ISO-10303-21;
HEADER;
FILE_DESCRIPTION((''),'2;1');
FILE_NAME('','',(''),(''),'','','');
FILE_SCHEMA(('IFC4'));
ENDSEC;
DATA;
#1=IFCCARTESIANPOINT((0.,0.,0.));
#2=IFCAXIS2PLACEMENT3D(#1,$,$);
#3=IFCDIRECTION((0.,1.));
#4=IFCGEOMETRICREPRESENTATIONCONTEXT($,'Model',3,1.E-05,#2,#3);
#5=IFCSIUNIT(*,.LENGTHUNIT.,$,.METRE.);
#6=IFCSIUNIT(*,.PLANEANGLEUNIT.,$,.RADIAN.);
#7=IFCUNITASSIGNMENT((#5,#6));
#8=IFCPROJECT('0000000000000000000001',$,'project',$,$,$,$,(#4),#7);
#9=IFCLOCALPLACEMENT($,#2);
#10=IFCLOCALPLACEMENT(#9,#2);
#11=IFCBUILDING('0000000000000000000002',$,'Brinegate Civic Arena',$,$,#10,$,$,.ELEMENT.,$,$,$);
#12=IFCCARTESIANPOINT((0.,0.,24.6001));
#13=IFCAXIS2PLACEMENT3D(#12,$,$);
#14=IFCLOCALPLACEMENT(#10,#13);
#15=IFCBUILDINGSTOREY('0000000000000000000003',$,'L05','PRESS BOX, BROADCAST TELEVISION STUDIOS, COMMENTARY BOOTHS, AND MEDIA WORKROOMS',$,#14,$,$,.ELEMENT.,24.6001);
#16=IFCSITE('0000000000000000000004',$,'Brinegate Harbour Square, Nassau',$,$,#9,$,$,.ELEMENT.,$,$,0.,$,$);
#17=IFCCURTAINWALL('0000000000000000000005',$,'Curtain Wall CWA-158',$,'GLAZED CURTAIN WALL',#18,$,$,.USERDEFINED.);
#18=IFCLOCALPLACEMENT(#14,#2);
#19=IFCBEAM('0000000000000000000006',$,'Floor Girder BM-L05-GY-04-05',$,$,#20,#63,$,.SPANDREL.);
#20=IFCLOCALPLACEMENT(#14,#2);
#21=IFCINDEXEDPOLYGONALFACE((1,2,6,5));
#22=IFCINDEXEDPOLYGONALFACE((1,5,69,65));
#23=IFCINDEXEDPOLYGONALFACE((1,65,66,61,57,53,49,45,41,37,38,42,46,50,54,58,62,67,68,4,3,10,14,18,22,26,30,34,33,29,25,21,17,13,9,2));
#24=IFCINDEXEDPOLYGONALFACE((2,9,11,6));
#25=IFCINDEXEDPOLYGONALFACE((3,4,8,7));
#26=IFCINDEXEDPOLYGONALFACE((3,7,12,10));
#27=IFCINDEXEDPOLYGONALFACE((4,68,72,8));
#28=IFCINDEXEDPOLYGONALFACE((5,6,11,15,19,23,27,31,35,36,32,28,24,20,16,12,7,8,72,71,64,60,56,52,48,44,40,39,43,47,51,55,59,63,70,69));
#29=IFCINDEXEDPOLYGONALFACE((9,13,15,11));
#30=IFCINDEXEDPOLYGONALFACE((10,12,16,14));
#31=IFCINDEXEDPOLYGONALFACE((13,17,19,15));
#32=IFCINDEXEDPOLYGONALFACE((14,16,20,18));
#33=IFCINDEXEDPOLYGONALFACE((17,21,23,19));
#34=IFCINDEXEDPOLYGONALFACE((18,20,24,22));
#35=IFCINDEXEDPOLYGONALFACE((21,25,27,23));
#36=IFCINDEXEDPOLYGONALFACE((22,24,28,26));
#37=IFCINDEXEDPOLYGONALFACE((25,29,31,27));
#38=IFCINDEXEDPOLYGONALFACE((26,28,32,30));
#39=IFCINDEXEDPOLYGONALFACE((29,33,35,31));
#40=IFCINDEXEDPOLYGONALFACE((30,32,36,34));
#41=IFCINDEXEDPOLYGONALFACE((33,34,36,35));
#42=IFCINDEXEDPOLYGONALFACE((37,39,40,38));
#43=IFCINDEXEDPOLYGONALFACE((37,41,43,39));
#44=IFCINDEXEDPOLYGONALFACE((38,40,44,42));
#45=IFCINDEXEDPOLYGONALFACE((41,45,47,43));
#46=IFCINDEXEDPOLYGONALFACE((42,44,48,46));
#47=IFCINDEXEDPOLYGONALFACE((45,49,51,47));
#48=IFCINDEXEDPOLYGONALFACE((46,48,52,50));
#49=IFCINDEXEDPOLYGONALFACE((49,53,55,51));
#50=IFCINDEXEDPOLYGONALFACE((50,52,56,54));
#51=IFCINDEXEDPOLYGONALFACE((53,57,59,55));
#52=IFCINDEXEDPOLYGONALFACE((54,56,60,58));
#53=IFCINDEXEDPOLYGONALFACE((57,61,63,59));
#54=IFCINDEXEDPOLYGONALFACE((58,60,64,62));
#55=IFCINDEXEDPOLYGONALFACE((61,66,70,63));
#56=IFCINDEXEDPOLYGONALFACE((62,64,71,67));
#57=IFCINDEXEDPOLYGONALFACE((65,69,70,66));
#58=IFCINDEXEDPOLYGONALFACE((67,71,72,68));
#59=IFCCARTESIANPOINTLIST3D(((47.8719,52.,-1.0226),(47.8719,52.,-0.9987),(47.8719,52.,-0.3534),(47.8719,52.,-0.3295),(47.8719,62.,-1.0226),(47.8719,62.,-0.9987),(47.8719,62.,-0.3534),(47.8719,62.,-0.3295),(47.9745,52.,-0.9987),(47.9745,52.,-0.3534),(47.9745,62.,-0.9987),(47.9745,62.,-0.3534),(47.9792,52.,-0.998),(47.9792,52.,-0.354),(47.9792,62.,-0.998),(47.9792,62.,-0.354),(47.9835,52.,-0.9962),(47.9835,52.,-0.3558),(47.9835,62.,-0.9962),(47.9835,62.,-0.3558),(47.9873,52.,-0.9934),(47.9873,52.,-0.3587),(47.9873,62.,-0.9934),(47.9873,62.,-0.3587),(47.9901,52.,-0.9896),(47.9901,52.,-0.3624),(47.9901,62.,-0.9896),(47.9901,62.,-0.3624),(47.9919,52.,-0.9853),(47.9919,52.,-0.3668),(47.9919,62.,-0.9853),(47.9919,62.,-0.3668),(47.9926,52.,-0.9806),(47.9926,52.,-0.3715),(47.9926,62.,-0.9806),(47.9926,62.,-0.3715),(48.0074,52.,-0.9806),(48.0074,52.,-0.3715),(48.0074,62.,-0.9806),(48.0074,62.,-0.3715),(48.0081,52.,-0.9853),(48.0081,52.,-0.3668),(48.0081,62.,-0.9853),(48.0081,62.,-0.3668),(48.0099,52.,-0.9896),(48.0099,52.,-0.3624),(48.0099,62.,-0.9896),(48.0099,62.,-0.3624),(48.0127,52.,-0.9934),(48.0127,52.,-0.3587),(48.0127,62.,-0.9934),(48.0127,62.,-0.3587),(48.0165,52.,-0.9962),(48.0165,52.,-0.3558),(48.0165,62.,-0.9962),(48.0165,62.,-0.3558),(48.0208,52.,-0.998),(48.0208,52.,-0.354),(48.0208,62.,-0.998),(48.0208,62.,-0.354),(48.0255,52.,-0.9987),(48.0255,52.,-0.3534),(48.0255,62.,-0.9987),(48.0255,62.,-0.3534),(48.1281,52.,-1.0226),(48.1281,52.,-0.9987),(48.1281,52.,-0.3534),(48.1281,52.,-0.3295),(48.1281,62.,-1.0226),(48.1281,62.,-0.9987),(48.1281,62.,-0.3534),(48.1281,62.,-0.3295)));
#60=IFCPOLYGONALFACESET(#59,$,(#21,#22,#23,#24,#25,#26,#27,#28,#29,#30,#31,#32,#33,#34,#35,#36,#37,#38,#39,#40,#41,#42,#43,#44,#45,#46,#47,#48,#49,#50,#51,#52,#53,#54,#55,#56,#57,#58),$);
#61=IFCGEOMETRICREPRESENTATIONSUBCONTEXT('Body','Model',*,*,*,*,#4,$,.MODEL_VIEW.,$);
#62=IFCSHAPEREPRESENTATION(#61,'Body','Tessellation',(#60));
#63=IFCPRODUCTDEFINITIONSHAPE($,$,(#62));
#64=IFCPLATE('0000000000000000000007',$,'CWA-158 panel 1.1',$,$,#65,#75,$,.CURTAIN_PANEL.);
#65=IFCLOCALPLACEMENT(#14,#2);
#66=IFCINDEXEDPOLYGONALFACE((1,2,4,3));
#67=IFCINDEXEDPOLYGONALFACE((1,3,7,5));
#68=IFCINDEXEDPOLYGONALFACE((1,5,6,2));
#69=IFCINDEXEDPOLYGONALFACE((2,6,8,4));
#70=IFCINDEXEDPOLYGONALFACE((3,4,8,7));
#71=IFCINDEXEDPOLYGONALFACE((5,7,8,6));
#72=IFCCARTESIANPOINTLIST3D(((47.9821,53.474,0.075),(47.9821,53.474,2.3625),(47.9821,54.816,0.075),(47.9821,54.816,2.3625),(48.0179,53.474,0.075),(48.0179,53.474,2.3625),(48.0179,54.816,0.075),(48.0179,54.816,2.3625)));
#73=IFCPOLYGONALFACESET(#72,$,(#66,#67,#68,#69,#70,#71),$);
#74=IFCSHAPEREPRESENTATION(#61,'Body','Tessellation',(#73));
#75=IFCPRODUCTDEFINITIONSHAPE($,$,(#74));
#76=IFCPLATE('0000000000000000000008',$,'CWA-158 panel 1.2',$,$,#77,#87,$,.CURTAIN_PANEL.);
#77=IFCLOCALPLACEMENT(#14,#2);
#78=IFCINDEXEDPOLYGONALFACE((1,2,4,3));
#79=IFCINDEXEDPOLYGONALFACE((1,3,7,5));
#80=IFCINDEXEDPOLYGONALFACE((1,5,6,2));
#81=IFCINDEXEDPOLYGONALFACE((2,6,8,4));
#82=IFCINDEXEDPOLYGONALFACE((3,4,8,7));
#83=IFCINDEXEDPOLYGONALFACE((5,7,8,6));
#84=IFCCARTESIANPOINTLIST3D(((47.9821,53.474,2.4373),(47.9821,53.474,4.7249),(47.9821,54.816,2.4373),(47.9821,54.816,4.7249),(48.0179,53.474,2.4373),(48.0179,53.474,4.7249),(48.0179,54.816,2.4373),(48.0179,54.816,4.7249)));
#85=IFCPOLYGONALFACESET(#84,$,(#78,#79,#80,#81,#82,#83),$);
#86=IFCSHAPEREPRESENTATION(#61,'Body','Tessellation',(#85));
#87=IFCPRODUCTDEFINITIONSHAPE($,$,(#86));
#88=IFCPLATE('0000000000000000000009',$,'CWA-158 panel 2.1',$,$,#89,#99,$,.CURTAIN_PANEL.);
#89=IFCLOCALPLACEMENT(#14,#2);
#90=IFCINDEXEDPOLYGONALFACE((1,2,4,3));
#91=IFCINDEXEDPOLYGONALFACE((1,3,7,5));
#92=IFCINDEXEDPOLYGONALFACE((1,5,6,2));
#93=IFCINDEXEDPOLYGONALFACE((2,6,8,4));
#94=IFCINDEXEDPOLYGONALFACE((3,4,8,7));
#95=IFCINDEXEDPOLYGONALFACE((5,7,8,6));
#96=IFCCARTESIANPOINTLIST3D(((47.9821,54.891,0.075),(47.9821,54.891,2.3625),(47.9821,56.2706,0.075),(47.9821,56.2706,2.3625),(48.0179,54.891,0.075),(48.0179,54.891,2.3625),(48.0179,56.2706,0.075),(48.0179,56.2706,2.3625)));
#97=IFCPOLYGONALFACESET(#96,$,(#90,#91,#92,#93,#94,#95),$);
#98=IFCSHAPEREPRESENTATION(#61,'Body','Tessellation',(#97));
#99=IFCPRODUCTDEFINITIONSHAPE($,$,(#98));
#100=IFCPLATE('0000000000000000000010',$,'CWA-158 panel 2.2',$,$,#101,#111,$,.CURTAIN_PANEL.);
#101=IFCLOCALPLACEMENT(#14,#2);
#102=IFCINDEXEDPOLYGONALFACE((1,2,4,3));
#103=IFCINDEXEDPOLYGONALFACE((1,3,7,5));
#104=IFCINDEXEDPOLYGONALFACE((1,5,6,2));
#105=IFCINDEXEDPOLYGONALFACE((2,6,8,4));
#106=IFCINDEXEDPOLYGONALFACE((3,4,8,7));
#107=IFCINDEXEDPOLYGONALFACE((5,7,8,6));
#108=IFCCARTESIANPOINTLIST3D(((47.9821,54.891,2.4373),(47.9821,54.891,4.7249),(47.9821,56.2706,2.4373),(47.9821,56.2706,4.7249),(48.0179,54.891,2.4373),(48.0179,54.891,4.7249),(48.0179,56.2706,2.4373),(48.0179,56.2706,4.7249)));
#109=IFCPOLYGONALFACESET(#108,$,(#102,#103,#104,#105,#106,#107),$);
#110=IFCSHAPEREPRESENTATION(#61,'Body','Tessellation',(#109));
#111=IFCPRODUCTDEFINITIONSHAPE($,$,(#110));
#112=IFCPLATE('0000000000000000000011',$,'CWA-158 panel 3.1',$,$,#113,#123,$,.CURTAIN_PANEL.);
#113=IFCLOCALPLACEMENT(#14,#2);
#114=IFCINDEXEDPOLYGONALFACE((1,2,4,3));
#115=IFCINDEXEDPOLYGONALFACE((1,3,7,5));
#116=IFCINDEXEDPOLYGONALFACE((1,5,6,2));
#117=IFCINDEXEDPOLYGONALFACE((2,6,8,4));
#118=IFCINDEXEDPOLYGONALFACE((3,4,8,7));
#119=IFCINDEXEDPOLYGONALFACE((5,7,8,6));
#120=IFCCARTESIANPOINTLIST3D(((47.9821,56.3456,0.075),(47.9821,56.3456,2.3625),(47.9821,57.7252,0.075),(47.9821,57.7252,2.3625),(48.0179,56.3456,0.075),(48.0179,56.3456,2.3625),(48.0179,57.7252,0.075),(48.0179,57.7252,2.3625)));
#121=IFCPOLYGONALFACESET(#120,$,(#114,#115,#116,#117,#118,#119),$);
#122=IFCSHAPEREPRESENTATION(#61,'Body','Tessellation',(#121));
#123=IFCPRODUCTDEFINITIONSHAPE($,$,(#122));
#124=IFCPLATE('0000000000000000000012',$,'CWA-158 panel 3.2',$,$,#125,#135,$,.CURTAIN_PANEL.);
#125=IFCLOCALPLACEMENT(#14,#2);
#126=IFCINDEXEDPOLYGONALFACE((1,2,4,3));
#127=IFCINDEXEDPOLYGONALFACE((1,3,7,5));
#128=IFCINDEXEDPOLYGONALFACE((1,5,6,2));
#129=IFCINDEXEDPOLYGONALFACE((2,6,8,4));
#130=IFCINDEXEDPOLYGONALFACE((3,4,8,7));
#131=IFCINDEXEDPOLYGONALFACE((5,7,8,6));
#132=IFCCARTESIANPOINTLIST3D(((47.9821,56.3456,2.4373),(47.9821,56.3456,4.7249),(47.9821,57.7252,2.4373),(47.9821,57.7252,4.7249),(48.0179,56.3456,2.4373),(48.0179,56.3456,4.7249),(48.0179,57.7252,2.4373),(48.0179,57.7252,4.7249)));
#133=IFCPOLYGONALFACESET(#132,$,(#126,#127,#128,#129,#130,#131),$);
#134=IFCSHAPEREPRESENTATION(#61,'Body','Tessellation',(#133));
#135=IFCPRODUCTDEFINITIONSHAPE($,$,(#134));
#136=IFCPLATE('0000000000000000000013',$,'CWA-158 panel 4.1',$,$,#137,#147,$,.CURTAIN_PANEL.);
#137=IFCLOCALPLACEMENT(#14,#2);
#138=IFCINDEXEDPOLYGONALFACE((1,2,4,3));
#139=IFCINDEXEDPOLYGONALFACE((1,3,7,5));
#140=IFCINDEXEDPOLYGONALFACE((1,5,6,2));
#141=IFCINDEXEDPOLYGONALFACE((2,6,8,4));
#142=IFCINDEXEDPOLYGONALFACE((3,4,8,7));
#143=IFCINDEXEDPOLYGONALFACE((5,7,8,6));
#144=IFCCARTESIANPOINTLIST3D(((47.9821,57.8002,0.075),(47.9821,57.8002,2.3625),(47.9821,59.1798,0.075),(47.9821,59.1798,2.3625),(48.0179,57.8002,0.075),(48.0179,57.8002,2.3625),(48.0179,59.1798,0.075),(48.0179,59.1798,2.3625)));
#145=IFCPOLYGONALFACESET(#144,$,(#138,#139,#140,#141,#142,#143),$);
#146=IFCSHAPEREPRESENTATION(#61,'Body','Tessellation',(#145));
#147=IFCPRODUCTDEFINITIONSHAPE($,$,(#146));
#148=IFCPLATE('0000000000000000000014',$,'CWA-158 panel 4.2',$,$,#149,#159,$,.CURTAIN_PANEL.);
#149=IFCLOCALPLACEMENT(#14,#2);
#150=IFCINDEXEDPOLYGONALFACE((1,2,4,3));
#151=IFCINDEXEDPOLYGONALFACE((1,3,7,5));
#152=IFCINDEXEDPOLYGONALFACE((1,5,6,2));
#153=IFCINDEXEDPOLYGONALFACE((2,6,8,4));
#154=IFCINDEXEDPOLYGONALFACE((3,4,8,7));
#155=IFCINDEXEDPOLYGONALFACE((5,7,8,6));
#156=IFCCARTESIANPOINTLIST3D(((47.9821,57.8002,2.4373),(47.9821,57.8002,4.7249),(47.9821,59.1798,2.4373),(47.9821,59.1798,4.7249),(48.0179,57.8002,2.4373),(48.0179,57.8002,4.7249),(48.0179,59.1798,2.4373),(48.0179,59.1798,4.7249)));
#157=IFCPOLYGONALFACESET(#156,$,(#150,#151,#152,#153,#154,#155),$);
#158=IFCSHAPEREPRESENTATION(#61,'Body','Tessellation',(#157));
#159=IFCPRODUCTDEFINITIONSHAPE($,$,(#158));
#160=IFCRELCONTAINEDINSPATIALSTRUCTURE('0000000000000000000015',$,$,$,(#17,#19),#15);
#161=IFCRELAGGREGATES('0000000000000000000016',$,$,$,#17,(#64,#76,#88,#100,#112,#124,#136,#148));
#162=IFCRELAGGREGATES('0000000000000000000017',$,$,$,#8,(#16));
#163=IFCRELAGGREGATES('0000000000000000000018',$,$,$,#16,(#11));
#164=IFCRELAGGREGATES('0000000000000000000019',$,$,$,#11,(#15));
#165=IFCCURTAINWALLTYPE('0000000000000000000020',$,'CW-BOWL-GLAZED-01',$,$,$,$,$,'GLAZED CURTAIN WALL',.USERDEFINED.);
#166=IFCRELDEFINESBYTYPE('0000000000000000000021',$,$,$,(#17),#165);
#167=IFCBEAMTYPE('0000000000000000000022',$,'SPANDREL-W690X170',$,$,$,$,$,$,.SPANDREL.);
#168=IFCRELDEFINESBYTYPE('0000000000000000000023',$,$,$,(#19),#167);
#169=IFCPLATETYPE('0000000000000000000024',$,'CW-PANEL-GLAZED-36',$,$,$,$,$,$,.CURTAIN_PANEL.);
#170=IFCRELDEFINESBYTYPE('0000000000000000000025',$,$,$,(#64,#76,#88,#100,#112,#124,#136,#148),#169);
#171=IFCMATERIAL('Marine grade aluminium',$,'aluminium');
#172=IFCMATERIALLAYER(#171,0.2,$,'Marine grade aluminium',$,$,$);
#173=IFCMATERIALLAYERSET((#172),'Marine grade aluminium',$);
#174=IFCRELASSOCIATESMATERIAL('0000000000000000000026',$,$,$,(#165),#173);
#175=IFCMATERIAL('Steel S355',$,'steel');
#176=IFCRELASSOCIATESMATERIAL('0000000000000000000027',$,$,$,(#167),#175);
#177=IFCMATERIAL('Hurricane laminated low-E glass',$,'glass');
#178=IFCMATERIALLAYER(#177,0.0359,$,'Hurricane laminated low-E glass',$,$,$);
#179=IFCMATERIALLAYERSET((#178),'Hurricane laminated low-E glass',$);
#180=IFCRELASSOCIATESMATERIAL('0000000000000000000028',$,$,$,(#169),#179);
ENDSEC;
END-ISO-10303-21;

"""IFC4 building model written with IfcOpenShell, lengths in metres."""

from ifc_helpers import new_model, si_unit, direction, frame, origin, origin_2d, place, context, subcontext, project, spatial, rectangle, i_section, extrude, material, layer, layer_set, material_profile, profile_set, type_object, element, aggregate, save


model = new_model("IFC4")

# Units and contexts
model_context = context("Model", 3, precision=1e-05, world=origin(), true_north=direction((0.0, 1.0)))
body_context = subcontext(model_context, "Body", "Model", "MODEL_VIEW")
ifc_project = project(units=[si_unit("LENGTHUNIT", "METRE"), si_unit("PLANEANGLEUNIT", "RADIAN")], contexts=[model_context])

# Site, building, storey
site_placement = place(None, origin())
site = spatial("IfcSite", under=ifc_project, at=site_placement, Name="Brinegate Harbour Square, Nassau", CompositionType="ELEMENT", RefElevation=0.0)
building_placement = place(site_placement, origin())
building = spatial("IfcBuilding", under=site, at=building_placement, Name="Brinegate Civic Arena", CompositionType="ELEMENT")
storey_placement = place(building_placement, frame((0.0, 0.0, 24.6001)))
storey = spatial("IfcBuildingStorey", under=building, at=storey_placement, Name="L05", Description="PRESS BOX, BROADCAST TELEVISION STUDIOS, COMMENTARY BOOTHS, AND MEDIA WORKROOMS", CompositionType="ELEMENT", Elevation=24.6001)

# Curtain wall
ifc_material_1 = material(Name="Marine grade aluminium", Category="aluminium")
ifc_layer_1 = layer(ifc_material_1, 0.2, Name="Marine grade aluminium")
ifc_layer_set_1 = layer_set([ifc_layer_1], Name="Marine grade aluminium")
curtain_wall_type = type_object("IfcCurtainWallType", Name="CW-BOWL-GLAZED-01", ElementType="GLAZED CURTAIN WALL", PredefinedType="USERDEFINED", material=ifc_layer_set_1)
curtain_wall_placement = place(storey_placement, origin())
curtain_wall = element("IfcCurtainWall", 1, at=curtain_wall_placement, inside=storey, type_object=curtain_wall_type, Name="Curtain Wall CWA-158", ObjectType="GLAZED CURTAIN WALL", PredefinedType="USERDEFINED")

# Beam
ifc_material_2 = material(Name="Steel S355", Category="steel")
ifc_material_profile_1 = material_profile(ifc_material_2, i_section(OverallWidth=0.2561, OverallDepth=0.6931, WebThickness=0.0149, FlangeThickness=0.0239, FilletRadius=0.0181, at=origin_2d()), Name="W690X170")
ifc_profile_set_1 = profile_set([ifc_material_profile_1], Name="Steel S355")
beam_type_1 = type_object("IfcBeamType", Name="SPANDREL-W690X170", PredefinedType="SPANDREL", material=ifc_profile_set_1)
beam_1_placement = place(storey_placement, frame((48.0, 52.0, -0.676), z_axis=(0.0, 1.0, 0.0), x_axis=(-1.0, 0.0, 0.0)))
element("IfcBeam", 2, at=beam_1_placement, inside=storey, type_object=beam_type_1, Name="Floor Girder BM-L05-GY-04-05", PredefinedType="SPANDREL", context=body_context, shape_type="SweptSolid", body=[
    extrude(i_section(OverallWidth=0.2561, OverallDepth=0.6931, WebThickness=0.0149, FlangeThickness=0.0239, FilletRadius=0.0181, at=origin_2d()), origin(), (0.0, 0.0, 1.0), 10.0),
])

# Plates
ifc_material_3 = material(Name="Hurricane laminated low-E glass", Category="glass")
ifc_layer_2 = layer(ifc_material_3, 0.0359, Name="Hurricane laminated low-E glass")
ifc_layer_set_2 = layer_set([ifc_layer_2], Name="Hurricane laminated low-E glass")
plate_type = type_object("IfcPlateType", Name="CW-PANEL-GLAZED-36", PredefinedType="CURTAIN_PANEL", material=ifc_layer_set_2)
plate_1_placement = place(storey_placement, frame((48.0, 54.145, 0.075), z_axis=(0.0, 0.0, 1.0), x_axis=(0.0, 1.0, 0.0)))
plate_1 = element("IfcPlate", 3, at=plate_1_placement, type_object=plate_type, Name="CWA-158 panel 1.1", PredefinedType="CURTAIN_PANEL", context=body_context, shape_type="SweptSolid", body=[
    extrude(rectangle(XDim=1.342, YDim=0.0359, at=origin_2d()), origin(), (0.0, 0.0, 1.0), 2.2876),
])
plate_2_placement = place(storey_placement, frame((48.0, 54.145, 2.4373), z_axis=(0.0, 0.0, 1.0), x_axis=(0.0, 1.0, 0.0)))
plate_2 = element("IfcPlate", 4, at=plate_2_placement, type_object=plate_type, Name="CWA-158 panel 1.2", PredefinedType="CURTAIN_PANEL", context=body_context, shape_type="SweptSolid", body=[
    extrude(rectangle(XDim=1.342, YDim=0.0359, at=origin_2d()), origin(), (0.0, 0.0, 1.0), 2.2876),
])
plate_3_placement = place(storey_placement, frame((48.0, 55.5808, 0.075), z_axis=(0.0, 0.0, 1.0), x_axis=(0.0, 1.0, 0.0)))
plate_3 = element("IfcPlate", 5, at=plate_3_placement, type_object=plate_type, Name="CWA-158 panel 2.1", PredefinedType="CURTAIN_PANEL", context=body_context, shape_type="SweptSolid", body=[
    extrude(rectangle(XDim=1.3796, YDim=0.0359, at=origin_2d()), origin(), (0.0, 0.0, 1.0), 2.2876),
])
plate_4_placement = place(storey_placement, frame((48.0, 55.5808, 2.4373), z_axis=(0.0, 0.0, 1.0), x_axis=(0.0, 1.0, 0.0)))
plate_4 = element("IfcPlate", 6, at=plate_4_placement, type_object=plate_type, Name="CWA-158 panel 2.2", PredefinedType="CURTAIN_PANEL", context=body_context, shape_type="SweptSolid", body=[
    extrude(rectangle(XDim=1.3796, YDim=0.0359, at=origin_2d()), origin(), (0.0, 0.0, 1.0), 2.2876),
])
plate_5_placement = place(storey_placement, frame((48.0, 57.0354, 0.075), z_axis=(0.0, 0.0, 1.0), x_axis=(0.0, 1.0, 0.0)))
plate_5 = element("IfcPlate", 7, at=plate_5_placement, type_object=plate_type, Name="CWA-158 panel 3.1", PredefinedType="CURTAIN_PANEL", context=body_context, shape_type="SweptSolid", body=[
    extrude(rectangle(XDim=1.3796, YDim=0.0359, at=origin_2d()), origin(), (0.0, 0.0, 1.0), 2.2876),
])
plate_6_placement = place(storey_placement, frame((48.0, 57.0354, 2.4373), z_axis=(0.0, 0.0, 1.0), x_axis=(0.0, 1.0, 0.0)))
plate_6 = element("IfcPlate", 8, at=plate_6_placement, type_object=plate_type, Name="CWA-158 panel 3.2", PredefinedType="CURTAIN_PANEL", context=body_context, shape_type="SweptSolid", body=[
    extrude(rectangle(XDim=1.3796, YDim=0.0359, at=origin_2d()), origin(), (0.0, 0.0, 1.0), 2.2876),
])
plate_7_placement = place(storey_placement, frame((48.0, 58.49, 0.075), z_axis=(0.0, 0.0, 1.0), x_axis=(0.0, 1.0, 0.0)))
plate_7 = element("IfcPlate", 9, at=plate_7_placement, type_object=plate_type, Name="CWA-158 panel 4.1", PredefinedType="CURTAIN_PANEL", context=body_context, shape_type="SweptSolid", body=[
    extrude(rectangle(XDim=1.3796, YDim=0.0359, at=origin_2d()), origin(), (0.0, 0.0, 1.0), 2.2876),
])
plate_8_placement = place(storey_placement, frame((48.0, 58.49, 2.4373), z_axis=(0.0, 0.0, 1.0), x_axis=(0.0, 1.0, 0.0)))
plate_8 = element("IfcPlate", 10, at=plate_8_placement, type_object=plate_type, Name="CWA-158 panel 4.2", PredefinedType="CURTAIN_PANEL", context=body_context, shape_type="SweptSolid", body=[
    extrude(rectangle(XDim=1.3796, YDim=0.0359, at=origin_2d()), origin(), (0.0, 0.0, 1.0), 2.2876),
])
aggregate(curtain_wall, [plate_1, plate_2, plate_3, plate_4, plate_5, plate_6, plate_7, plate_8])

save(model, "model.ifc")
